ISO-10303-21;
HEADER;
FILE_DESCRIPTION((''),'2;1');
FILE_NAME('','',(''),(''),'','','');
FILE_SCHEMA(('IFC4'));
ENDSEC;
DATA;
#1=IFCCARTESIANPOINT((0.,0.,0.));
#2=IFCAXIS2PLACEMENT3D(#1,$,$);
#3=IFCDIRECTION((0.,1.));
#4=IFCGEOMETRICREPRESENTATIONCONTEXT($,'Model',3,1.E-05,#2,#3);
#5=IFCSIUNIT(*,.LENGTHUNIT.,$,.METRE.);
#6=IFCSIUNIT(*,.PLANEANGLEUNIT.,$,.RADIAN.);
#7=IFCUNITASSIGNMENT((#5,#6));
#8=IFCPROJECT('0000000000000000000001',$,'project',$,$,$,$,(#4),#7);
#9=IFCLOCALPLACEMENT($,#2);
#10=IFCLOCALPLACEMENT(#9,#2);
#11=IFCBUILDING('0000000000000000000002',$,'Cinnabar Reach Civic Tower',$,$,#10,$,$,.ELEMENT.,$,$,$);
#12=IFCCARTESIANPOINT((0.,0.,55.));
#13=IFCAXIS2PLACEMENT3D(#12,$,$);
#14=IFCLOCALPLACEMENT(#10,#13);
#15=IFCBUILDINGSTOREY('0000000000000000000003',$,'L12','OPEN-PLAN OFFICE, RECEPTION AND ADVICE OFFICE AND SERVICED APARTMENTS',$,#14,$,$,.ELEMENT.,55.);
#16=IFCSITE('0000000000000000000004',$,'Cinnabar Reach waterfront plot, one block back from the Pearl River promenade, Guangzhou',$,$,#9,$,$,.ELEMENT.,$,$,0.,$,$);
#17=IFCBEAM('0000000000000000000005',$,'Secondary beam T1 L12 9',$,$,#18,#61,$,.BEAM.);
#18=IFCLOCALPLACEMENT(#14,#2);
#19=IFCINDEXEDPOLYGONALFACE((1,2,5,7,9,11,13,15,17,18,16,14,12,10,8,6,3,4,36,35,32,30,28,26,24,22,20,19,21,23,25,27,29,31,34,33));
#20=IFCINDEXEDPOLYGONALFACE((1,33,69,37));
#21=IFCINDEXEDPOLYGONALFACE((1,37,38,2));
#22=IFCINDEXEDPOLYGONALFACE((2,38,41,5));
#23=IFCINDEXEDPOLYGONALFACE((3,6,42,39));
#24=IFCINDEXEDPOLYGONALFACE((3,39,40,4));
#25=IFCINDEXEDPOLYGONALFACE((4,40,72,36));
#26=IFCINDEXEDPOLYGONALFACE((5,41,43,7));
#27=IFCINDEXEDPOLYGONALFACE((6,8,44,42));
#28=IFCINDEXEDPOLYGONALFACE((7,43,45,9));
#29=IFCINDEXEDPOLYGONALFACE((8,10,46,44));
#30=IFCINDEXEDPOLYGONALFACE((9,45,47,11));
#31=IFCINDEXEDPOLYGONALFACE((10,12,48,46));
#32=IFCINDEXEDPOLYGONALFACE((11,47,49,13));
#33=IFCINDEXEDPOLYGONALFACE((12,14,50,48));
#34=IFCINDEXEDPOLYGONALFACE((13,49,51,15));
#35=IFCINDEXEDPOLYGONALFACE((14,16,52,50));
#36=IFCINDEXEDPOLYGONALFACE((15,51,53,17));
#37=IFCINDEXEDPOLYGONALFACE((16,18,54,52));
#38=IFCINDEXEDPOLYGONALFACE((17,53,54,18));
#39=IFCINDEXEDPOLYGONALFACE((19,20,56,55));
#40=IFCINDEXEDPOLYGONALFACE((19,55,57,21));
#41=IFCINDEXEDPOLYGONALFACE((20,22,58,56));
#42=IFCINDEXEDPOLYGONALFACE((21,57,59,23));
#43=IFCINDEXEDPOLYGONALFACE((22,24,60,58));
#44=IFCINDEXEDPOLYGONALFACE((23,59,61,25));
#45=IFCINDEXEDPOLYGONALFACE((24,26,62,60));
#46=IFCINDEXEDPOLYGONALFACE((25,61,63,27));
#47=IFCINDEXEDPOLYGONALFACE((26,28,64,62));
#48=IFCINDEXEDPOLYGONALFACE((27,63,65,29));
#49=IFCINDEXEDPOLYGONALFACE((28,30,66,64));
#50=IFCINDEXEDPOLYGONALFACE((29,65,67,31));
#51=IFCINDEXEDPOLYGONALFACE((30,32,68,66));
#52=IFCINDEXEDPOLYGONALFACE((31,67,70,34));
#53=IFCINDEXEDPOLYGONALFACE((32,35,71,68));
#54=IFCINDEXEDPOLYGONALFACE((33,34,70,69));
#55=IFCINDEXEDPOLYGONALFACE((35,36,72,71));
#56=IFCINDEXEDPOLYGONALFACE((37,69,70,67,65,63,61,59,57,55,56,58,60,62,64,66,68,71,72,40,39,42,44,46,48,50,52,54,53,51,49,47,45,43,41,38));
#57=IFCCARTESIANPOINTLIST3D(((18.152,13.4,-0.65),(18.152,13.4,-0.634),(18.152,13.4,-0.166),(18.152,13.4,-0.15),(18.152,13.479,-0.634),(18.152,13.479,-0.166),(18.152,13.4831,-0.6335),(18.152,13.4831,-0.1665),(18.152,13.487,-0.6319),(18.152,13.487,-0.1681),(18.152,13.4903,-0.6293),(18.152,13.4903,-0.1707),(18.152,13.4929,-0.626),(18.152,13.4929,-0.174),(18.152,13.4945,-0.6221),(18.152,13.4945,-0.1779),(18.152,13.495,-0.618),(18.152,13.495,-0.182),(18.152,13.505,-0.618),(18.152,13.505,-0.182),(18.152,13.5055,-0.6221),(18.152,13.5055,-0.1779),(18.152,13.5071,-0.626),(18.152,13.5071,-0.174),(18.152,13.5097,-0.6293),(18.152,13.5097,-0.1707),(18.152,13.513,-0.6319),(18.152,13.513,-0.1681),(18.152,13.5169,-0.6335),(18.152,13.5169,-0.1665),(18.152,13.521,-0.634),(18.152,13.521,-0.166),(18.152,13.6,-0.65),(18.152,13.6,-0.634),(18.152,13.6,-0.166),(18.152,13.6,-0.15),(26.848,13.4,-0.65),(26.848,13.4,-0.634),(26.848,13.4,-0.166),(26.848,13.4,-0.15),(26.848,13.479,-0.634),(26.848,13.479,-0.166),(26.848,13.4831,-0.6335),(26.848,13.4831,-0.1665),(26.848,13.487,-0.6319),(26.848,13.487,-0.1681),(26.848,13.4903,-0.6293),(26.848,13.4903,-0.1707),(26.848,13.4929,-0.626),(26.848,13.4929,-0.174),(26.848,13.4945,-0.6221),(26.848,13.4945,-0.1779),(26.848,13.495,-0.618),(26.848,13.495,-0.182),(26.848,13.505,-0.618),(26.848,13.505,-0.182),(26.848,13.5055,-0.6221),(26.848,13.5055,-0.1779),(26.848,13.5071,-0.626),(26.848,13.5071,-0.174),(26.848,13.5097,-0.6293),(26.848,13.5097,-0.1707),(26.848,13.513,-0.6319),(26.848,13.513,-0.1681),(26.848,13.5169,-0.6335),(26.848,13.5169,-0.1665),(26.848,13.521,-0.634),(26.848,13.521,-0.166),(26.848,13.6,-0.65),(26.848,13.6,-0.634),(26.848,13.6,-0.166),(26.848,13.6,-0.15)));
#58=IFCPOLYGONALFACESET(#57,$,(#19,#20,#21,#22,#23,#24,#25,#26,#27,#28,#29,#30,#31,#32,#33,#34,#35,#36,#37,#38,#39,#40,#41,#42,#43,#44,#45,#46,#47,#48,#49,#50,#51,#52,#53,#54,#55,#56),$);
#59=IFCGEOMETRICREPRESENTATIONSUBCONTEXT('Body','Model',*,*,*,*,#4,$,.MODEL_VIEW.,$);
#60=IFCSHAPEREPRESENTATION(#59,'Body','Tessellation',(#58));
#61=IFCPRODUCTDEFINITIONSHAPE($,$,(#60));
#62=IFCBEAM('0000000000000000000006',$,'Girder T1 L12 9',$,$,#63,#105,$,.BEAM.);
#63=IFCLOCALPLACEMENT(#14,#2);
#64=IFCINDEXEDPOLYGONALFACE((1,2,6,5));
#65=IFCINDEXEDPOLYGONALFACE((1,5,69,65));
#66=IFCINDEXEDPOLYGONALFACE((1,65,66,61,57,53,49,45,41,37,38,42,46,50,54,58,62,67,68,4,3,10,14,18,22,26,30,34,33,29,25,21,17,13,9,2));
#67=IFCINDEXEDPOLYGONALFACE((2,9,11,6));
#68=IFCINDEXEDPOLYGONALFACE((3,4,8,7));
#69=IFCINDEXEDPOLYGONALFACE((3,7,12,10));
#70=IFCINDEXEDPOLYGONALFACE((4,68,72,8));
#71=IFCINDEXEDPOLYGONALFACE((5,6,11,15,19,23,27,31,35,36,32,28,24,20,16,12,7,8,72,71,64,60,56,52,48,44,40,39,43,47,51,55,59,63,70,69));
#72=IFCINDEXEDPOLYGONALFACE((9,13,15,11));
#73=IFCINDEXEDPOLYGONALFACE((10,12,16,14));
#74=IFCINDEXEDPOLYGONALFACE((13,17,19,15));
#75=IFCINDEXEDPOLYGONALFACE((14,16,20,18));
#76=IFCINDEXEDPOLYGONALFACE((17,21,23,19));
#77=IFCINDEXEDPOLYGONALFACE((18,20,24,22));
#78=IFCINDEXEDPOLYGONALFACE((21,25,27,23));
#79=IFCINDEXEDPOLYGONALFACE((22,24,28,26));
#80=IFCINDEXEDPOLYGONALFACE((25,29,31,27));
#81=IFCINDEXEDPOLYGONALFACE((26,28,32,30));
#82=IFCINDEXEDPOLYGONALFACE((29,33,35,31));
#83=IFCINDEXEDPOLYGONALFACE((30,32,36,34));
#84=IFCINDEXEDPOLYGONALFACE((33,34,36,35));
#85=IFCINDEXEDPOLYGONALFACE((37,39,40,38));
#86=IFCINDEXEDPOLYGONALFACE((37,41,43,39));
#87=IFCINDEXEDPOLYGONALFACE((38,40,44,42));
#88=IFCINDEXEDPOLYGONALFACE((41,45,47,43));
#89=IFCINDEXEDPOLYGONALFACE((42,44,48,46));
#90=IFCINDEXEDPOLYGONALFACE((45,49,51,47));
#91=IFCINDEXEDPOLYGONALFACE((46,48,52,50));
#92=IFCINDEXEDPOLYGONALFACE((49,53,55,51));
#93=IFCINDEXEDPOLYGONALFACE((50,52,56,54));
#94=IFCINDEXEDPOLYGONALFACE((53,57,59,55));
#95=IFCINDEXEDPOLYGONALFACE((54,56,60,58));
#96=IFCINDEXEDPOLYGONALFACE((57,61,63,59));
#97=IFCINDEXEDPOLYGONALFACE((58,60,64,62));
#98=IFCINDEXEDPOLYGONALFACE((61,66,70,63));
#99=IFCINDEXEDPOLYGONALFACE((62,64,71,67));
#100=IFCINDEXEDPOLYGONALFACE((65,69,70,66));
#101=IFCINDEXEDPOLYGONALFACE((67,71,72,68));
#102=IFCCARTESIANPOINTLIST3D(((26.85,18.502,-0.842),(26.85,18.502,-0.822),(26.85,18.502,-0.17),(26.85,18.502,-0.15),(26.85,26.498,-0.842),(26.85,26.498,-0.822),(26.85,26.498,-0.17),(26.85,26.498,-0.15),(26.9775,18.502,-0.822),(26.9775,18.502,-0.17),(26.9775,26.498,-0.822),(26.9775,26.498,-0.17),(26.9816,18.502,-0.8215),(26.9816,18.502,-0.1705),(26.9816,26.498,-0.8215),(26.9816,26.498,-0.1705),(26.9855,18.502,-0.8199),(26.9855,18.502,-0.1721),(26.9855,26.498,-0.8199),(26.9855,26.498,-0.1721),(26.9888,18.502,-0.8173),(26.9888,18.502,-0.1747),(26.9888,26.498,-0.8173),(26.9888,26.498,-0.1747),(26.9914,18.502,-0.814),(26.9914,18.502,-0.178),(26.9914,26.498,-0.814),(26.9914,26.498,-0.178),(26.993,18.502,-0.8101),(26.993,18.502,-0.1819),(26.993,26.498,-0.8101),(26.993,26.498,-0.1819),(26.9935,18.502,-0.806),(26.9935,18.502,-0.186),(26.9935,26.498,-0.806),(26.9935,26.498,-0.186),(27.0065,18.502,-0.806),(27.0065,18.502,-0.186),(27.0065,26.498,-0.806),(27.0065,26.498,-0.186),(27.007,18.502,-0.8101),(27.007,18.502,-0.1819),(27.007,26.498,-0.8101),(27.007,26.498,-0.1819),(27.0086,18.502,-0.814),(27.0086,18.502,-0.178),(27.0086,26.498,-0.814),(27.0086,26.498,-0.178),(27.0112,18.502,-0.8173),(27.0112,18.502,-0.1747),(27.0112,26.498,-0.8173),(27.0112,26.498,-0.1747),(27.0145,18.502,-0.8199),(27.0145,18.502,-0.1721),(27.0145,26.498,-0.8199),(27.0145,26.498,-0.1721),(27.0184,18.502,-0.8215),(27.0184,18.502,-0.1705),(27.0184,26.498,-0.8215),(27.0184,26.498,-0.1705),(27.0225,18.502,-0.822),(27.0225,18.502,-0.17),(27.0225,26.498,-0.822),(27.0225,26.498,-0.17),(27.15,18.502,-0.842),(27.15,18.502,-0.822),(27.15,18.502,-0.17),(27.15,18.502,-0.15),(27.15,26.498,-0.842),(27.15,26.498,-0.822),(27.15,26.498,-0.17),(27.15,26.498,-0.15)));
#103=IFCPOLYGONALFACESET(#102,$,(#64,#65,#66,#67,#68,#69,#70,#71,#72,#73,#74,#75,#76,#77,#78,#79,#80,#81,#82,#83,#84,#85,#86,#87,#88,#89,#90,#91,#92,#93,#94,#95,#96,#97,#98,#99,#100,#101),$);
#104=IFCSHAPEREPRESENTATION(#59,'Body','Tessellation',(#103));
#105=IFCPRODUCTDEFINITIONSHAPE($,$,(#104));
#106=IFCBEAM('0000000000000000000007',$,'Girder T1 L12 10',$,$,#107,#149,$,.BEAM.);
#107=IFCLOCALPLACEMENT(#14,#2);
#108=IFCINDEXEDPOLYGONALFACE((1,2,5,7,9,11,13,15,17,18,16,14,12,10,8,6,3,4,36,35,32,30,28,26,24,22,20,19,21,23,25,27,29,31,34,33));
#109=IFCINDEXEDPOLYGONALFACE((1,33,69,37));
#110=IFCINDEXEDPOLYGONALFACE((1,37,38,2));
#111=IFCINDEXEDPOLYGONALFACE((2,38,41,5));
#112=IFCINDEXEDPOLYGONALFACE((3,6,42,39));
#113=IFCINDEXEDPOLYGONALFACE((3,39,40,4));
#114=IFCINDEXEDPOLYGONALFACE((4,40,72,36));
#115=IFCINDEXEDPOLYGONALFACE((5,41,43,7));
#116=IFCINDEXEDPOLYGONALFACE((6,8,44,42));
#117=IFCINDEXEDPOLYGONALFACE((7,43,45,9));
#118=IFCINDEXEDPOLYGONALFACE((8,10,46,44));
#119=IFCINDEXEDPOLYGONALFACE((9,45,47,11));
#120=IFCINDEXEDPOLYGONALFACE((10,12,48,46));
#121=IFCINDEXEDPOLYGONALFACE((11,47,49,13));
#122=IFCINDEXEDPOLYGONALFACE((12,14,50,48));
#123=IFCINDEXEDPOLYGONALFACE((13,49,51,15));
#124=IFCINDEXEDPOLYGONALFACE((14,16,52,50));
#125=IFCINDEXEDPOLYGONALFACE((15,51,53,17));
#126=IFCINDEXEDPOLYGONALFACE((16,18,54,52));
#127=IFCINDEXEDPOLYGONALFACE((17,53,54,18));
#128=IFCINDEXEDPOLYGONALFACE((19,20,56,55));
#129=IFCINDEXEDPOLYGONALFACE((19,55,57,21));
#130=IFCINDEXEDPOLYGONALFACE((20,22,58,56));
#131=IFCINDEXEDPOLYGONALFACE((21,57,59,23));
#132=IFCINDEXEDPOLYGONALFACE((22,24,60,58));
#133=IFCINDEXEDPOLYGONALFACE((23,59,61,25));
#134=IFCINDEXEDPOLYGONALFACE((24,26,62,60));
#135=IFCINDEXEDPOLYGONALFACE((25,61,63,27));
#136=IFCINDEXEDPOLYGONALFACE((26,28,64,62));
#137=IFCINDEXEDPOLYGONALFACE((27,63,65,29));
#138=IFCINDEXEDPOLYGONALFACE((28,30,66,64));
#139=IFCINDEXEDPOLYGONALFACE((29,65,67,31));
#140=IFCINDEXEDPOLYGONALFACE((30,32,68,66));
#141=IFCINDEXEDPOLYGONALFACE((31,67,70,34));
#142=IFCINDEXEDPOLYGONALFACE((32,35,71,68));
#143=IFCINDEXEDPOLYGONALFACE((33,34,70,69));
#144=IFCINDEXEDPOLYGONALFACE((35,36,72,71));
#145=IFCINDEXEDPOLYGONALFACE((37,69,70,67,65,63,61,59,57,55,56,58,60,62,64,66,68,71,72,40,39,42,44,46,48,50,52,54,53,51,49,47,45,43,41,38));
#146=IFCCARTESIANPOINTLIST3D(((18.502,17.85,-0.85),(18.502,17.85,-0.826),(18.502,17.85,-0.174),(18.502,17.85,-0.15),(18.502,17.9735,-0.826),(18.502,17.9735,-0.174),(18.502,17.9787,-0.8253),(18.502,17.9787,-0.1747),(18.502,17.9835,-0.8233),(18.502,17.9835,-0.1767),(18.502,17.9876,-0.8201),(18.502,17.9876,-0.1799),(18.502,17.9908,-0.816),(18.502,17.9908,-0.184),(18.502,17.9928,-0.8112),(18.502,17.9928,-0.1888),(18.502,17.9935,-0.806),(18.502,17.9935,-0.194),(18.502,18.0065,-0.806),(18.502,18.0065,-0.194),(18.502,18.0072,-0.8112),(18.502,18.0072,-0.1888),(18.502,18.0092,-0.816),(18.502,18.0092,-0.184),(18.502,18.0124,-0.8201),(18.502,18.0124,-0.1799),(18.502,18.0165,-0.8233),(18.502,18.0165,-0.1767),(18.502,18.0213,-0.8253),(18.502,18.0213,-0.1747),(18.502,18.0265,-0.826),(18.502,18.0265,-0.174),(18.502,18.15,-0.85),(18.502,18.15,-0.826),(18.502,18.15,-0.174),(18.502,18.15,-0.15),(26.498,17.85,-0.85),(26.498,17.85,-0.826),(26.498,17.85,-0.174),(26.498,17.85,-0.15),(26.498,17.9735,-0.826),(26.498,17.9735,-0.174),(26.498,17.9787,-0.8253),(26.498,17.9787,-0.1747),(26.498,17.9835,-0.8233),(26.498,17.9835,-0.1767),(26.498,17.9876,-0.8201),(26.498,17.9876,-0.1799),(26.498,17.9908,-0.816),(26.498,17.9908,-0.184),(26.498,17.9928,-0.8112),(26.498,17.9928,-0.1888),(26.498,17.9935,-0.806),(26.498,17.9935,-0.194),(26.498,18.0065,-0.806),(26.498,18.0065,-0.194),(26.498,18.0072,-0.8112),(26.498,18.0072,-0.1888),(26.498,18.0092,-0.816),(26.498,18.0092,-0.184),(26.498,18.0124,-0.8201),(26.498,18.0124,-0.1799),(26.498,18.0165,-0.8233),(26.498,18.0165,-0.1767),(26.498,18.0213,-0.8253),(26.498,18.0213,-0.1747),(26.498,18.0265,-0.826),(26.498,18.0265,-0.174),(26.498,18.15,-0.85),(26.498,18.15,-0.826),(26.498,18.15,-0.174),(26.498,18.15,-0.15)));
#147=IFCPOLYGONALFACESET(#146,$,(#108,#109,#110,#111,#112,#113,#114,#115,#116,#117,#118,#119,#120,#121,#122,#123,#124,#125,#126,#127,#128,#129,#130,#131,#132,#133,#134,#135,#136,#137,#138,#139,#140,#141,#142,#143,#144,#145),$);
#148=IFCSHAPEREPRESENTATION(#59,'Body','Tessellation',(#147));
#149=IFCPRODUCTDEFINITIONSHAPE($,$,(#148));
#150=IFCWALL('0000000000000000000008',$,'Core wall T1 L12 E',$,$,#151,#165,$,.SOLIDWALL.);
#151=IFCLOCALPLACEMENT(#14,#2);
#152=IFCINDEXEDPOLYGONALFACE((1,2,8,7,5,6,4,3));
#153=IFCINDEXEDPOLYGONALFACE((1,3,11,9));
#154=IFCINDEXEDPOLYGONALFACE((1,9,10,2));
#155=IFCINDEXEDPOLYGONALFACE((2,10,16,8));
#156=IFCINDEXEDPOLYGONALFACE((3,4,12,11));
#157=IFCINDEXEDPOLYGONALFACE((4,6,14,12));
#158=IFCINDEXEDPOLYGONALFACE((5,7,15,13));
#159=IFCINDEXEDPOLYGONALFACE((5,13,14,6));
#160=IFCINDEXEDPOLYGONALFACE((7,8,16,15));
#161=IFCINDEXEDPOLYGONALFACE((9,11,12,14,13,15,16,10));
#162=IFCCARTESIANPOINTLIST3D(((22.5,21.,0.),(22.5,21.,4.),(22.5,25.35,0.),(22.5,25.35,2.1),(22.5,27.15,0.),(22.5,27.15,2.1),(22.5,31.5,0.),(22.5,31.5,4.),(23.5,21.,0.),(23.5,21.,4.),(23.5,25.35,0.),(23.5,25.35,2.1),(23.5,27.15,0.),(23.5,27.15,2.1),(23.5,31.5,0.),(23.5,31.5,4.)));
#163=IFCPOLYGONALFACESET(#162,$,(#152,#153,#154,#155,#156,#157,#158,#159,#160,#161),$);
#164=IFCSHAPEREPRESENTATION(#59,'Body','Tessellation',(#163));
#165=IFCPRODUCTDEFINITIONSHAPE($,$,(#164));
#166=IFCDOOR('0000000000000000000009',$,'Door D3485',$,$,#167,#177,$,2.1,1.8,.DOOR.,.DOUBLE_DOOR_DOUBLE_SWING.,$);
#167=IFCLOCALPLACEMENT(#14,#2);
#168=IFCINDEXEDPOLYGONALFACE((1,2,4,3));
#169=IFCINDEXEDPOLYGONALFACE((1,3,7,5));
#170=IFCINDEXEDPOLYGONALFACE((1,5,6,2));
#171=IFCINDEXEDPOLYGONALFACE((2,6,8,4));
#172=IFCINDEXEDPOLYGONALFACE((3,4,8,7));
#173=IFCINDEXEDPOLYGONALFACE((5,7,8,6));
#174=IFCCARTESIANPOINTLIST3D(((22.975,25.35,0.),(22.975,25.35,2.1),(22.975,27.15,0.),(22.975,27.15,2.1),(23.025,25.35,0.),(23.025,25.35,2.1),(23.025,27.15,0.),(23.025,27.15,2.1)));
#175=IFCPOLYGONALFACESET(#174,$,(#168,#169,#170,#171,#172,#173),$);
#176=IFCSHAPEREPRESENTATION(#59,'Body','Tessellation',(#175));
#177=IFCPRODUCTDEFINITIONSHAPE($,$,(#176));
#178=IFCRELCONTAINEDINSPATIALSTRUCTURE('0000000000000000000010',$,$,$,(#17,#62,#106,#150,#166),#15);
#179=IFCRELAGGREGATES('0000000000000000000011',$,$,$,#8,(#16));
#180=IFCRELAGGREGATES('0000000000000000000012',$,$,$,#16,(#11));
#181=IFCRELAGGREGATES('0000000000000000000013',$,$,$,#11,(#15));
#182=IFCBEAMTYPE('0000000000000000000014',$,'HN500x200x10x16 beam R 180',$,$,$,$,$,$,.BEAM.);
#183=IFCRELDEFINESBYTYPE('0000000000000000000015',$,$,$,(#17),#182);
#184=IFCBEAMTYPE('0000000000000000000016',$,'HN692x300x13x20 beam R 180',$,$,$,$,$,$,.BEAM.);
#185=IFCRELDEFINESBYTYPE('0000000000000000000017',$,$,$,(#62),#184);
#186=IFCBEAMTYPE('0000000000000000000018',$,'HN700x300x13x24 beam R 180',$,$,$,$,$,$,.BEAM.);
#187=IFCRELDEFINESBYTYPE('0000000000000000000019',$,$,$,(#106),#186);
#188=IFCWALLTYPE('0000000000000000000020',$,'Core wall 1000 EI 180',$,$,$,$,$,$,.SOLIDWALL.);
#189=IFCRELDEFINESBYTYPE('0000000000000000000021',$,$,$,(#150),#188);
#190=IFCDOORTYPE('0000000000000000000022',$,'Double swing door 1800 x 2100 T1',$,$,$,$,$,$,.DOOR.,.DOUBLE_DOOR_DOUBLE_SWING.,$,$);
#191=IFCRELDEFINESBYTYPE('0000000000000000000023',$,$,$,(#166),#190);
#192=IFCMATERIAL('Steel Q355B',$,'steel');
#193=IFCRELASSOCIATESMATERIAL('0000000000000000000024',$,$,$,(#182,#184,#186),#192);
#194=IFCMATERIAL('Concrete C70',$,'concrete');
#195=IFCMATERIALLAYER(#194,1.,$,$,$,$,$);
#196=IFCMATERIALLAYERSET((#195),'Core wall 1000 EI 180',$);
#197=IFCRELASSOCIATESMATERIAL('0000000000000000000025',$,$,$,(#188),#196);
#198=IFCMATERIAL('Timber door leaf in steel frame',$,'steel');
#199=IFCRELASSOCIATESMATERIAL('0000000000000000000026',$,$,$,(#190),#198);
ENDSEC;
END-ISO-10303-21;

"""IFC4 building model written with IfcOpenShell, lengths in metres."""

from ifc_helpers import new_model, si_unit, direction, frame, frame_2d, origin, origin_2d, place, context, subcontext, project, spatial, rectangle, i_section, extrude, material, layer, layer_set, material_profile, profile_set, type_object, element, fill, save


model = new_model("IFC4")

# Units and contexts
model_context = context("Model", 3, precision=1e-05, world=origin(), true_north=direction((0.0, 1.0)))
body_context = subcontext(model_context, "Body", "Model", "MODEL_VIEW")
ifc_project = project(units=[si_unit("LENGTHUNIT", "METRE"), si_unit("PLANEANGLEUNIT", "RADIAN")], contexts=[model_context])

# Site, building, storey
site_placement = place(None, origin())
site = spatial("IfcSite", under=ifc_project, at=site_placement, Name="Cinnabar Reach waterfront plot, one block back from the Pearl River promenade, Guangzhou", CompositionType="ELEMENT", RefElevation=0.0)
building_placement = place(site_placement, origin())
building = spatial("IfcBuilding", under=site, at=building_placement, Name="Cinnabar Reach Civic Tower", CompositionType="ELEMENT")
storey_placement = place(building_placement, frame((0.0, 0.0, 55.0)))
storey = spatial("IfcBuildingStorey", under=building, at=storey_placement, Name="L12", Description="OPEN-PLAN OFFICE, RECEPTION AND ADVICE OFFICE AND SERVICED APARTMENTS", CompositionType="ELEMENT", Elevation=55.0)

# Shared definitions
ifc_material_1 = material(Name="Concrete C70", Category="concrete")

# Beams
ifc_material_2 = material(Name="Steel Q355B", Category="steel")
ifc_material_profile_1 = material_profile(ifc_material_2, i_section(OverallWidth=0.2, OverallDepth=0.5, WebThickness=0.01, FlangeThickness=0.016, FilletRadius=0.016, at=origin_2d()), Name="HN500x200x10x16")
ifc_profile_set_1 = profile_set([ifc_material_profile_1], Name="Steel Q355B")
beam_type_1 = type_object("IfcBeamType", Name="HN500x200x10x16 beam R 180", PredefinedType="BEAM", material=ifc_profile_set_1)
beam_1_placement = place(storey_placement, frame((18.152, 13.5, -0.4), z_axis=(1.0, 0.0, 0.0), x_axis=(0.0, 1.0, 0.0)))
element("IfcBeam", 1, at=beam_1_placement, inside=storey, type_object=beam_type_1, Name="Secondary beam T1 L12 9", PredefinedType="BEAM", context=body_context, shape_type="SweptSolid", body=[
    extrude(i_section(OverallWidth=0.2, OverallDepth=0.5, WebThickness=0.01, FlangeThickness=0.016, FilletRadius=0.016, at=origin_2d()), origin(), (0.0, 0.0, 1.0), 8.696),
])
ifc_material_profile_2 = material_profile(ifc_material_2, i_section(OverallWidth=0.3, OverallDepth=0.692, WebThickness=0.013, FlangeThickness=0.02, FilletRadius=0.016, at=origin_2d()), Name="HN692x300x13x20")
ifc_profile_set_2 = profile_set([ifc_material_profile_2], Name="Steel Q355B")
beam_type_2 = type_object("IfcBeamType", Name="HN692x300x13x20 beam R 180", PredefinedType="BEAM", material=ifc_profile_set_2)
beam_2_placement = place(storey_placement, frame((27.0, 18.502, -0.496), z_axis=(0.0, 1.0, 0.0), x_axis=(-1.0, 0.0, 0.0)))
element("IfcBeam", 2, at=beam_2_placement, inside=storey, type_object=beam_type_2, Name="Girder T1 L12 9", PredefinedType="BEAM", context=body_context, shape_type="SweptSolid", body=[
    extrude(i_section(OverallWidth=0.3, OverallDepth=0.692, WebThickness=0.013, FlangeThickness=0.02, FilletRadius=0.016, at=origin_2d()), origin(), (0.0, 0.0, 1.0), 7.996),
])
ifc_material_profile_3 = material_profile(ifc_material_2, i_section(OverallWidth=0.3, OverallDepth=0.7, WebThickness=0.013, FlangeThickness=0.024, FilletRadius=0.02, at=origin_2d()), Name="HN700x300x13x24")
ifc_profile_set_3 = profile_set([ifc_material_profile_3], Name="Steel Q355B")
beam_type_3 = type_object("IfcBeamType", Name="HN700x300x13x24 beam R 180", PredefinedType="BEAM", material=ifc_profile_set_3)
beam_3_placement = place(storey_placement, frame((18.502, 18.0, -0.5), z_axis=(1.0, 0.0, 0.0), x_axis=(0.0, 1.0, 0.0)))
element("IfcBeam", 3, at=beam_3_placement, inside=storey, type_object=beam_type_3, Name="Girder T1 L12 10", PredefinedType="BEAM", context=body_context, shape_type="SweptSolid", body=[
    extrude(i_section(OverallWidth=0.3, OverallDepth=0.7, WebThickness=0.013, FlangeThickness=0.024, FilletRadius=0.02, at=origin_2d()), origin(), (0.0, 0.0, 1.0), 7.996),
])

# Wall, opening, door
ifc_layer_1 = layer(ifc_material_1, 1.0)
ifc_layer_set_1 = layer_set([ifc_layer_1], Name="Core wall 1000 EI 180")
wall_type_1 = type_object("IfcWallType", Name="Core wall 1000 EI 180", PredefinedType="SOLIDWALL", material=ifc_layer_set_1)
wall_1_placement = place(storey_placement, frame((23.0, 21.0, 0.0), z_axis=(0.0, 0.0, 1.0), x_axis=(0.0, 1.0, 0.0)))
wall_1 = element("IfcWall", 4, at=wall_1_placement, inside=storey, type_object=wall_type_1, Name="Core wall T1 L12 E", PredefinedType="SOLIDWALL", context=body_context, shape_type="SweptSolid", body=[
    extrude(rectangle(XDim=10.5, YDim=1.0, at=frame_2d((5.25, 0.0))), origin(), (0.0, 0.0, 1.0), 4.0),
])
opening_1_placement = place(wall_1_placement, frame((4.35, 0.0, 0.0)))
opening_1 = element("IfcOpeningElement", 5, at=opening_1_placement, cuts=wall_1, PredefinedType="OPENING", context=body_context, shape_type="SweptSolid", body=[
    extrude(rectangle(XDim=1.8, YDim=2.1, at=frame_2d((0.9, 1.05))), frame((0.0, 0.51, 0.0), z_axis=(0.0, -1.0, 0.0), x_axis=(1.0, 0.0, 0.0)), (0.0, 0.0, 1.0), 1.02),
])
ifc_material_3 = material(Name="Timber door leaf in steel frame", Category="steel")
door_type_1 = type_object("IfcDoorType", Name="Double swing door 1800 x 2100 T1", OperationType="DOUBLE_DOOR_DOUBLE_SWING", PredefinedType="DOOR", material=ifc_material_3)
door_1_placement = place(opening_1_placement, origin())
door_1 = element("IfcDoor", 6, at=door_1_placement, inside=storey, type_object=door_type_1, Name="Door D3485", OperationType="DOUBLE_DOOR_DOUBLE_SWING", OverallHeight=2.1, OverallWidth=1.8, PredefinedType="DOOR", context=body_context, shape_type="SweptSolid", body=[
    extrude(rectangle(XDim=1.8, YDim=2.1, at=frame_2d((0.9, 1.05))), frame((0.0, 0.025, 0.0), z_axis=(0.0, -1.0, 0.0), x_axis=(1.0, 0.0, 0.0)), (0.0, 0.0, 1.0), 0.05),
])
fill(opening_1, door_1)

save(model, "model.ifc")
